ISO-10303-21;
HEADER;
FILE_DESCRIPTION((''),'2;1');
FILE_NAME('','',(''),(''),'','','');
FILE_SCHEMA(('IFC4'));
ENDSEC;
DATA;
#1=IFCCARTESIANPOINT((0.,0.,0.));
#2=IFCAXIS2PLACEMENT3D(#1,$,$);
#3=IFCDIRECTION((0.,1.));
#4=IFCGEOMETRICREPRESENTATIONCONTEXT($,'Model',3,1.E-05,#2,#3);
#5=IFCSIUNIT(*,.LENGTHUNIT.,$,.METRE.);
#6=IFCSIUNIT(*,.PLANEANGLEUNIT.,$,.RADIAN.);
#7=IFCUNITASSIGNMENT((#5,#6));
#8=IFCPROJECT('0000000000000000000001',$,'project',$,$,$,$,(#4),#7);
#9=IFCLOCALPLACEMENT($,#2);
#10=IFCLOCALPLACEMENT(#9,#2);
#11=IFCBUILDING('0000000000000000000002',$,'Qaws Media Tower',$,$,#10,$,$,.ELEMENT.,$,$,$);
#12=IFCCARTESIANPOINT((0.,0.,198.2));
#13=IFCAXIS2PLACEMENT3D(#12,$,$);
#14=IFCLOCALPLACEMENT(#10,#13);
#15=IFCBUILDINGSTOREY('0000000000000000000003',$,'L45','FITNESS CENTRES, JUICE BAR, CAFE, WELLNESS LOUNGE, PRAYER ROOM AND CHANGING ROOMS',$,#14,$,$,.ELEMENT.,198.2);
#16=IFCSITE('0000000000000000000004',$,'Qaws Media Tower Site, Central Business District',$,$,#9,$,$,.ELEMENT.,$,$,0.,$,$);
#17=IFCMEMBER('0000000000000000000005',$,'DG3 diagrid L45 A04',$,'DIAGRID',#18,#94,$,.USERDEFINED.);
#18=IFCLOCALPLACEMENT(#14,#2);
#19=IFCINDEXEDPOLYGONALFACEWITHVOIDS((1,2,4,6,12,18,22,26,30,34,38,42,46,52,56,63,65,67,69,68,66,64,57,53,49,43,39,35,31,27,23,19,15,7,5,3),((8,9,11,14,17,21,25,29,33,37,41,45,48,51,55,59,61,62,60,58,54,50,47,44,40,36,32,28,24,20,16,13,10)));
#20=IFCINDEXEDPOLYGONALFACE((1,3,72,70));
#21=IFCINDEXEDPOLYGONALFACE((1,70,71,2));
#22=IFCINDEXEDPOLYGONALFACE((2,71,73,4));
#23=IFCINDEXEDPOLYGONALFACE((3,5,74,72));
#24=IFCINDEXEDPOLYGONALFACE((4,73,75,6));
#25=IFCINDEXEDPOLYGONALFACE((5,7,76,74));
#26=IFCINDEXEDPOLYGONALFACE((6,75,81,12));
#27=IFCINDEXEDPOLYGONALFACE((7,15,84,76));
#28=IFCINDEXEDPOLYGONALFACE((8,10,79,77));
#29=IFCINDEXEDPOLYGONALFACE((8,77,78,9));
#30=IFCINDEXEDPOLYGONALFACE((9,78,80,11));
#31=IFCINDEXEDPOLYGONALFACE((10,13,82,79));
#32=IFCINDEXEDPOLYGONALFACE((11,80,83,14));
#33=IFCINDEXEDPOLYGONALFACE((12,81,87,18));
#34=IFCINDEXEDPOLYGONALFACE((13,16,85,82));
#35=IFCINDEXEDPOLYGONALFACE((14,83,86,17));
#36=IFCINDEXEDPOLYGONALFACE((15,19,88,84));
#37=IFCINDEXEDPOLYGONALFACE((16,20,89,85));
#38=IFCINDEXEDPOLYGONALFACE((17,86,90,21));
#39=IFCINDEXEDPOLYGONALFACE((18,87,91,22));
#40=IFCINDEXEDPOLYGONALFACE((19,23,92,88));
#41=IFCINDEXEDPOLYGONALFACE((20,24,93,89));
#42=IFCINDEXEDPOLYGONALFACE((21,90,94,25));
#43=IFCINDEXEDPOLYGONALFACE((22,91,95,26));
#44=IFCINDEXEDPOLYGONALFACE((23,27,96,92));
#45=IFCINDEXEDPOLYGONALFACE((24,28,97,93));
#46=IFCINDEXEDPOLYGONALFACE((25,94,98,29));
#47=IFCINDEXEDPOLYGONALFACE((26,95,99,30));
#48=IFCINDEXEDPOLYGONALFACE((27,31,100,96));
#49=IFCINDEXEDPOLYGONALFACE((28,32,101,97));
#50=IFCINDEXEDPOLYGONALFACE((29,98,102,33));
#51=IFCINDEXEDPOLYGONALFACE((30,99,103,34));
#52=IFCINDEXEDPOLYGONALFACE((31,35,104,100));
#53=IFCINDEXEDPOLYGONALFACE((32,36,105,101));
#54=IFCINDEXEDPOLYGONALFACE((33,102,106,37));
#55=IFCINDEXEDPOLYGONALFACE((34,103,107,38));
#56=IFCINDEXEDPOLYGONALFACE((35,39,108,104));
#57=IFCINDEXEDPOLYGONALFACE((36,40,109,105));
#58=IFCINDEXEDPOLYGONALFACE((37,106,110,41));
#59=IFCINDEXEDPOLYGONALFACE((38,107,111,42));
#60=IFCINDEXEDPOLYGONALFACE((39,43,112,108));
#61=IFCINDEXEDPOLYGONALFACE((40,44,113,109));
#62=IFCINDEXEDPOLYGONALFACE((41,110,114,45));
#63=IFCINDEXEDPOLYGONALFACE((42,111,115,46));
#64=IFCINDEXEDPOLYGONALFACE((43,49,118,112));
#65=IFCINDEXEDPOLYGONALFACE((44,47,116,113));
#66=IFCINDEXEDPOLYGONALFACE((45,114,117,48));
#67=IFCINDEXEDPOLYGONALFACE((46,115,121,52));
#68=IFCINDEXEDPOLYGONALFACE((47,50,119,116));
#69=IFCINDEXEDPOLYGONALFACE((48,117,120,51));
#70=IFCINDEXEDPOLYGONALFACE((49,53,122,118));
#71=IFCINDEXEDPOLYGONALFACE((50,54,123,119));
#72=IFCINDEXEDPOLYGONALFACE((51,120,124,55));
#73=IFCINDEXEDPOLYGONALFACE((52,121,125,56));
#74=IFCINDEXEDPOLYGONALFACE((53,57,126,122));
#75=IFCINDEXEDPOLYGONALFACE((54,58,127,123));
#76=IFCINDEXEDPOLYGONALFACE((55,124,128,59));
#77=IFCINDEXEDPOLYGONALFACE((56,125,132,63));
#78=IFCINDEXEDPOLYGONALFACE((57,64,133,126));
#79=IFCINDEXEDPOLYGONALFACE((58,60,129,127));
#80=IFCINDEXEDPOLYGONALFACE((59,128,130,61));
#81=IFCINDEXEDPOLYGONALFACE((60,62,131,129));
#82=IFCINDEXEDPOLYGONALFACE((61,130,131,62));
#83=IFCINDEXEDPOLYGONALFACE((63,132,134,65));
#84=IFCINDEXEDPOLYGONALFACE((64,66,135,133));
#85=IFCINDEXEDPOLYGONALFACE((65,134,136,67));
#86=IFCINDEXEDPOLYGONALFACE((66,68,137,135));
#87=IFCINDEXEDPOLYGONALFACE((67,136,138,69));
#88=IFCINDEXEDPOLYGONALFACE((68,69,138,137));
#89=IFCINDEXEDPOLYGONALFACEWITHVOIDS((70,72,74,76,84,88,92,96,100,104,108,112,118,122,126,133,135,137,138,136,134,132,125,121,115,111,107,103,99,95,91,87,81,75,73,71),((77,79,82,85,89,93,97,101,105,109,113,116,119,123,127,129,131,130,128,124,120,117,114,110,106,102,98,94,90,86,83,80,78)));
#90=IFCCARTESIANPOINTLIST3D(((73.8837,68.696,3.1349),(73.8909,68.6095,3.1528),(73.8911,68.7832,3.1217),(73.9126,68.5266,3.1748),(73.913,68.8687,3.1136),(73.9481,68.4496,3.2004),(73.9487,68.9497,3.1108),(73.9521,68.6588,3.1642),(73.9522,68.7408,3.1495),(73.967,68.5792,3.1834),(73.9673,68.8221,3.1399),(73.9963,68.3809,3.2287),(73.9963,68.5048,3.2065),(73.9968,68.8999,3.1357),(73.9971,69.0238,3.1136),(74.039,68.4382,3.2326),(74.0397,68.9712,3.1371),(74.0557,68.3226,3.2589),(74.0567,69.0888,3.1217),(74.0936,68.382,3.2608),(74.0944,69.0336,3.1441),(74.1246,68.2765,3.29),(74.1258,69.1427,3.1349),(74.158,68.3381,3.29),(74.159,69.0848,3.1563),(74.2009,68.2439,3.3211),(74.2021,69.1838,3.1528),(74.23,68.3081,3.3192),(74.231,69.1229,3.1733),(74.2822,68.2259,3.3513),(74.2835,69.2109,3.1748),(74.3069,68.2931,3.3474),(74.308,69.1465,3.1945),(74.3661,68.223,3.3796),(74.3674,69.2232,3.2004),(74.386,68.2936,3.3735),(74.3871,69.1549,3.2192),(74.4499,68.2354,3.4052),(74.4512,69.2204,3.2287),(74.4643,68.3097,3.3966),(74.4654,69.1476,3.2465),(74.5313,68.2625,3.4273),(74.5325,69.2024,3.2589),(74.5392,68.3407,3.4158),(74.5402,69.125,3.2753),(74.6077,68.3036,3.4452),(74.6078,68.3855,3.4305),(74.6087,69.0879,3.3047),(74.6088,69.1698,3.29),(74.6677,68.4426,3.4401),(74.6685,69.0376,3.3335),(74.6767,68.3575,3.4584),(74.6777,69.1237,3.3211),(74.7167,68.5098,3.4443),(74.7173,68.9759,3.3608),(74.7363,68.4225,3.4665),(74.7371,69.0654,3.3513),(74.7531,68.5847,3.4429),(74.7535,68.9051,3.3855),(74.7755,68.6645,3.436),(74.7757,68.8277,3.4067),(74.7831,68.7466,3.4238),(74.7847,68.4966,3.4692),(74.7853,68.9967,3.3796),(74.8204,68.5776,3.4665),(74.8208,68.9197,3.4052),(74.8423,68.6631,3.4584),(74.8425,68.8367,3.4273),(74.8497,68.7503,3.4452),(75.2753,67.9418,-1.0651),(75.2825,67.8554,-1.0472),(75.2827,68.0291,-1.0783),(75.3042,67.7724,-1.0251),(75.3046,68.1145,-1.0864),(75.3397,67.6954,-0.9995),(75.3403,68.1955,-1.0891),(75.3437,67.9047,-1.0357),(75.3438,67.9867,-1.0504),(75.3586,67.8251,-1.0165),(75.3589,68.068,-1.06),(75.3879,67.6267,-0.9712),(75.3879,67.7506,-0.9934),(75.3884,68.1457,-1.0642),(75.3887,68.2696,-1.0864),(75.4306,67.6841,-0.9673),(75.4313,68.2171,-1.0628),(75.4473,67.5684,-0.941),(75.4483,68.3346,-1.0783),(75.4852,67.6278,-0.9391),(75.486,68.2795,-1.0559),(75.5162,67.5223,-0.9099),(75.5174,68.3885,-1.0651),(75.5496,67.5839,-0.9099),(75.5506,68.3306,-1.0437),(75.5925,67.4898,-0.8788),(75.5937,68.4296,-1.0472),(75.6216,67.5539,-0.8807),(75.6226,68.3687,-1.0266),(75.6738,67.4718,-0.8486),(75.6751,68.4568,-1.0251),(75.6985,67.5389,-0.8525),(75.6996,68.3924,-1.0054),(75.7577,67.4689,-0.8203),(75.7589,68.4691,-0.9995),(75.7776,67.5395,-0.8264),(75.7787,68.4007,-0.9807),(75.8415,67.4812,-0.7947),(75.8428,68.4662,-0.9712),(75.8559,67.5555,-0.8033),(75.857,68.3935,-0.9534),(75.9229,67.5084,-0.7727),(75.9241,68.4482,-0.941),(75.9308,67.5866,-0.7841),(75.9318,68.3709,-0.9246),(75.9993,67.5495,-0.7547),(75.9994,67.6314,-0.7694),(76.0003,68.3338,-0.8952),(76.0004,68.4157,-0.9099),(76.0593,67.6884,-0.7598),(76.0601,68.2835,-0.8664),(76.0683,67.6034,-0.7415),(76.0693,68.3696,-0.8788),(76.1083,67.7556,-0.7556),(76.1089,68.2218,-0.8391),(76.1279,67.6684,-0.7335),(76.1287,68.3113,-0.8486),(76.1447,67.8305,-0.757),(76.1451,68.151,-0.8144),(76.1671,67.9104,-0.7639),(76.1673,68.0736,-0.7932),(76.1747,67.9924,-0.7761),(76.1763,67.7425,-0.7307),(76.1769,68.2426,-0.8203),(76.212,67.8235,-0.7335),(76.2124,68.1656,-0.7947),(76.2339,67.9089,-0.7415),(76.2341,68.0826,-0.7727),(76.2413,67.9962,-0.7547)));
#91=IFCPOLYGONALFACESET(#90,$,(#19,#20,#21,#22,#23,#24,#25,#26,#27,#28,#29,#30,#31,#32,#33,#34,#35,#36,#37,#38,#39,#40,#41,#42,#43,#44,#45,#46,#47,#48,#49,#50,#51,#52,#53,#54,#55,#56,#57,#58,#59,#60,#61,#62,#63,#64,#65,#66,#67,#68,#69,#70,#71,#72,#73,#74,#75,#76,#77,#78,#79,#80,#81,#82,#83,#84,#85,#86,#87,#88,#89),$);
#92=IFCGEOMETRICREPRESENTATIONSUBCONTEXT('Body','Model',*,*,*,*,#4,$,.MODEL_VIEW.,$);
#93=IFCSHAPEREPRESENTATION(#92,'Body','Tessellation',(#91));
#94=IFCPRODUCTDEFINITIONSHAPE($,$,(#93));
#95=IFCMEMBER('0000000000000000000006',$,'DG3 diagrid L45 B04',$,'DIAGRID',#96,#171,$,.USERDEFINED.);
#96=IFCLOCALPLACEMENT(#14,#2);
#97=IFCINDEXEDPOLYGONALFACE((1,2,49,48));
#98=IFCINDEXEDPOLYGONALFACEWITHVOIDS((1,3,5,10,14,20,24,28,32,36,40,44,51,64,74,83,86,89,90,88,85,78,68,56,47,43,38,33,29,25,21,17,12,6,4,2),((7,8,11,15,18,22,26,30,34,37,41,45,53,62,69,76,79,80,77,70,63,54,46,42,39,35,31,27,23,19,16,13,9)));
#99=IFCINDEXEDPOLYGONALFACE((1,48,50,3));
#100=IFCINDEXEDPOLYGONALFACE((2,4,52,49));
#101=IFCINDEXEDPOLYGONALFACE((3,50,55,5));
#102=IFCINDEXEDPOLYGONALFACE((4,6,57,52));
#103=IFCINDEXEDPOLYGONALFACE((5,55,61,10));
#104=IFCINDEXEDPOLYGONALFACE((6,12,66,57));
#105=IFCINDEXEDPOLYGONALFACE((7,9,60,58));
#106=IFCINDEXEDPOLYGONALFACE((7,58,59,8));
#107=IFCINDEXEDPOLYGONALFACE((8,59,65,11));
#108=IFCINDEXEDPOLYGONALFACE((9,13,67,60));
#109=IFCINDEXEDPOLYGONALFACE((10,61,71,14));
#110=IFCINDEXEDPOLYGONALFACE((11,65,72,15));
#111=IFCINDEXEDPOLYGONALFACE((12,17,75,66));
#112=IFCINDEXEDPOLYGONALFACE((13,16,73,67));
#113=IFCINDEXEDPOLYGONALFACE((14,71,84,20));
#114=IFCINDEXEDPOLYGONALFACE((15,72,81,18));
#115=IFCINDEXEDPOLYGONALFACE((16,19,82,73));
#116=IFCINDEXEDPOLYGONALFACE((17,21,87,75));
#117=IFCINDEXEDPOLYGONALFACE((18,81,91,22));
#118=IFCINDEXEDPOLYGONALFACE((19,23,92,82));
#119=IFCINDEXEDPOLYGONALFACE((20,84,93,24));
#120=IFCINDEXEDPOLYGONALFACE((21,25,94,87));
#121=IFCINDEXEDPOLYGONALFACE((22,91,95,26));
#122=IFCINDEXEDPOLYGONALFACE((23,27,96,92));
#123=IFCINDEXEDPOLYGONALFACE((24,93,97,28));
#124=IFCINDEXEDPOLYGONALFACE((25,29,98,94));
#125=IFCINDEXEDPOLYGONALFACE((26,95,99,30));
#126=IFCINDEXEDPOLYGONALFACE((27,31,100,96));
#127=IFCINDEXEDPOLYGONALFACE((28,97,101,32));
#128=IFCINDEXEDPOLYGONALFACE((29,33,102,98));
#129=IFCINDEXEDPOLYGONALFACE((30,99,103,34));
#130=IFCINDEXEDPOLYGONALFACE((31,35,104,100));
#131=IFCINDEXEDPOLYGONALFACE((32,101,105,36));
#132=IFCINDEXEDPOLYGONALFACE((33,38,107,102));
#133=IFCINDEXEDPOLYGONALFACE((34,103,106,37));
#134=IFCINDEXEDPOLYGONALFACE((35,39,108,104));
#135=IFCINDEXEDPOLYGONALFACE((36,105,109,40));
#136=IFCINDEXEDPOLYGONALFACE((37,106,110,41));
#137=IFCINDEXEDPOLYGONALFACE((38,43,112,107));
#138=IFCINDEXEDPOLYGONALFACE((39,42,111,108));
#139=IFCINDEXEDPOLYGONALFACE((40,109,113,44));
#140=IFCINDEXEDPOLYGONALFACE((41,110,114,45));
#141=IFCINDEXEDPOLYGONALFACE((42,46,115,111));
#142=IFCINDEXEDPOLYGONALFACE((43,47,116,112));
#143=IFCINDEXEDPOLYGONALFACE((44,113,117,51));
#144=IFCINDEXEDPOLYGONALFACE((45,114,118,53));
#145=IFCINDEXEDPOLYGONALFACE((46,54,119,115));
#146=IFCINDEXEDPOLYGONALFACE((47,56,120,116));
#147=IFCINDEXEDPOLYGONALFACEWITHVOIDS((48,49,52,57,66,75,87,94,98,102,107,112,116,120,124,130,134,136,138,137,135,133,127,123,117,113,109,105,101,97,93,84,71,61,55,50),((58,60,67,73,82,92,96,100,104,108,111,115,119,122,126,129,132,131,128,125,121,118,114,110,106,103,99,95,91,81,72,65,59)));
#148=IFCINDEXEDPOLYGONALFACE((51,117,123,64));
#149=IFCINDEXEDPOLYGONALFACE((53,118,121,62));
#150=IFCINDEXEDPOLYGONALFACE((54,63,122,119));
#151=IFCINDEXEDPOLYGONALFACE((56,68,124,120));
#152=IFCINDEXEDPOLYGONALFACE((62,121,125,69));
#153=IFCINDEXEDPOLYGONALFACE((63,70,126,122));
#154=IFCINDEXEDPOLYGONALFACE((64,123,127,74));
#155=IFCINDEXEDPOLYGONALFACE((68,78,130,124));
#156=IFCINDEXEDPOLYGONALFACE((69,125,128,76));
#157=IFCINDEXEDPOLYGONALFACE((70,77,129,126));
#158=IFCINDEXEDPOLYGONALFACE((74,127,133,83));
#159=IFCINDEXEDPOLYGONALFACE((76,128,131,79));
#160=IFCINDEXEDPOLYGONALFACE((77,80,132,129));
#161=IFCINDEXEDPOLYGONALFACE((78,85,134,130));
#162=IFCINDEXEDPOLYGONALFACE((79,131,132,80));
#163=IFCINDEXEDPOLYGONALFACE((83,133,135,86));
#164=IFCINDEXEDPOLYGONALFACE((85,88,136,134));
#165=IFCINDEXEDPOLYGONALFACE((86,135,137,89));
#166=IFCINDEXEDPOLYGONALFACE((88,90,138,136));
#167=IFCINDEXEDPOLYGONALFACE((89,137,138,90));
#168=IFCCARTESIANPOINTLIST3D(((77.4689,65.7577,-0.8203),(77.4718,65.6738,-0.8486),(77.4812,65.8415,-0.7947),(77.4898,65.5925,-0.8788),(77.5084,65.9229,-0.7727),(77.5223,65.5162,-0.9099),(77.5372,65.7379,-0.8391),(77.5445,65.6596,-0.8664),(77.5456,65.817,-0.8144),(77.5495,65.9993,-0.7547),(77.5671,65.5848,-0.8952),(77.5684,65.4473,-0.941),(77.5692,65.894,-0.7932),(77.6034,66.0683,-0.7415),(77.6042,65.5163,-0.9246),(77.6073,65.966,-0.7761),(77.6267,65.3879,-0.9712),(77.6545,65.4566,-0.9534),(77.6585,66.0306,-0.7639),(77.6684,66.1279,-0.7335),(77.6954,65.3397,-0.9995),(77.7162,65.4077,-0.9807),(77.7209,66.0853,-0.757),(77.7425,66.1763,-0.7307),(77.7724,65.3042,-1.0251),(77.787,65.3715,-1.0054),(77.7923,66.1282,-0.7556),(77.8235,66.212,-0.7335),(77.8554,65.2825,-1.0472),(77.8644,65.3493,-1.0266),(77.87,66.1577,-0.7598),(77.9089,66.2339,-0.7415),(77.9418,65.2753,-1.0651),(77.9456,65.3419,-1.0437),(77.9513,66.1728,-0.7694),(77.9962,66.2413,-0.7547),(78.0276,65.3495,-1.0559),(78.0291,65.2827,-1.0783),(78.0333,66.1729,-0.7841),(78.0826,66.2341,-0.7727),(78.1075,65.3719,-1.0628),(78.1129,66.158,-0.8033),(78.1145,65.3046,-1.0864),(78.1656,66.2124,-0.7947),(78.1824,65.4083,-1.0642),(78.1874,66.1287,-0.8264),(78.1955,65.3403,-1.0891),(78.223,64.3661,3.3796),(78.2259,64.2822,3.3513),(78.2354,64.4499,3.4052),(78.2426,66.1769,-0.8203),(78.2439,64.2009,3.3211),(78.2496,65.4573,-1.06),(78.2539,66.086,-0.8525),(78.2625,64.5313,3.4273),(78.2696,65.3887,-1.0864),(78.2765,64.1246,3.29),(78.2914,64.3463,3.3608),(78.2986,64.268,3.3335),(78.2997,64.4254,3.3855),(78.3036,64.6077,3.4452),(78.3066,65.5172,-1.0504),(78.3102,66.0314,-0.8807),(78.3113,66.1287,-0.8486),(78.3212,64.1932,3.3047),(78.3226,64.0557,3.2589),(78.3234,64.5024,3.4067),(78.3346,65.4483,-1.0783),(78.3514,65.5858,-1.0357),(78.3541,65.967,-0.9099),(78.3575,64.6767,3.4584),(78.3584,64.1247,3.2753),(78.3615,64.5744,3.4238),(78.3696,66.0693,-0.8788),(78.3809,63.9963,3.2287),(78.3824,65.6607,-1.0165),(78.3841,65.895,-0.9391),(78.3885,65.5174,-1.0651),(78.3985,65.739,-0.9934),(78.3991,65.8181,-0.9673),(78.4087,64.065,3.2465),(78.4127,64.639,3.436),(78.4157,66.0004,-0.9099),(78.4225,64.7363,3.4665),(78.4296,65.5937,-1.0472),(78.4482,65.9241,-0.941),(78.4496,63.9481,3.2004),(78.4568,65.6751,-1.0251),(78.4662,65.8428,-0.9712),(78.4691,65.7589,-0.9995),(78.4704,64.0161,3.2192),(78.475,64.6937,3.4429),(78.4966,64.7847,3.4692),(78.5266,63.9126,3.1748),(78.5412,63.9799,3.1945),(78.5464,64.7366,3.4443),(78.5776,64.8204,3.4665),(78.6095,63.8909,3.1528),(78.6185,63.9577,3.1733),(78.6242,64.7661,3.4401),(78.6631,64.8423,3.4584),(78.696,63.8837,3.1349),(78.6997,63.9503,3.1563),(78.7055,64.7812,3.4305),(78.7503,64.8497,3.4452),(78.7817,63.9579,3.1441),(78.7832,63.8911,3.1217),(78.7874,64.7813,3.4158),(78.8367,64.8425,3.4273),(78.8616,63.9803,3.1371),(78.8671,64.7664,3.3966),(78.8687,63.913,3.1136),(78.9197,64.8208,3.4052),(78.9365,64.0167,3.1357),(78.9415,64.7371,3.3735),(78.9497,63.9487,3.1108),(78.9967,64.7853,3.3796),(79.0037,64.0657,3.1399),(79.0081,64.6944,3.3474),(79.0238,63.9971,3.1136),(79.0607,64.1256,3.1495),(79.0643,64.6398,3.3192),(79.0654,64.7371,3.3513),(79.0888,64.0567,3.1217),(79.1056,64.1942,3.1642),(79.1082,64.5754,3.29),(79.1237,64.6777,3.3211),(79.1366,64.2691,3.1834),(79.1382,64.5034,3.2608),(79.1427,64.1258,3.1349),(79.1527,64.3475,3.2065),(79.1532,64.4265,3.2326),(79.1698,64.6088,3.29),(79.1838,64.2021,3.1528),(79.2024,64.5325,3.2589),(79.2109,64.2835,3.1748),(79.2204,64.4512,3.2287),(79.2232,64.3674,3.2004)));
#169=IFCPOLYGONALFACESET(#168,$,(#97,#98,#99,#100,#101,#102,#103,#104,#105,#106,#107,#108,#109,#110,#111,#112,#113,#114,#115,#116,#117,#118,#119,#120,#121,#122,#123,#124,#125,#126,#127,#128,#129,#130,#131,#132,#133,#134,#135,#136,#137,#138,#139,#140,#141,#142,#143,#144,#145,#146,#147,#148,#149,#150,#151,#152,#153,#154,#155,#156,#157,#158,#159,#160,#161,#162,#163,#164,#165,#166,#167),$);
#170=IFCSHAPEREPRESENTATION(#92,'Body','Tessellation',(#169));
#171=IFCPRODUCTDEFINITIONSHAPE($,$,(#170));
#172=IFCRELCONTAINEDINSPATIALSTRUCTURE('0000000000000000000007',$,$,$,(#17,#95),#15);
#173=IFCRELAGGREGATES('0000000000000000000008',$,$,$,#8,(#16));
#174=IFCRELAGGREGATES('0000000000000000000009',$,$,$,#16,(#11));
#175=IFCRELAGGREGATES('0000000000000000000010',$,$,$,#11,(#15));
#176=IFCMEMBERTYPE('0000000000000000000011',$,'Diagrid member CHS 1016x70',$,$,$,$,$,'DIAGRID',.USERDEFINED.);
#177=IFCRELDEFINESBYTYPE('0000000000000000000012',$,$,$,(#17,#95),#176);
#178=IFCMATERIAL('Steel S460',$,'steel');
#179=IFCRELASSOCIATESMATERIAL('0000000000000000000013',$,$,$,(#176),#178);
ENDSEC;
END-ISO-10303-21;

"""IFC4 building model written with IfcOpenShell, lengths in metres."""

from ifc_helpers import new_model, si_unit, direction, frame, origin, origin_2d, place, context, subcontext, project, spatial, hollow_circle, extrude, material, material_profile, profile_set, type_object, element, save


model = new_model("IFC4")

# Units and contexts
model_context = context("Model", 3, precision=1e-05, world=origin(), true_north=direction((0.0, 1.0)))
body_context = subcontext(model_context, "Body", "Model", "MODEL_VIEW")
ifc_project = project(units=[si_unit("LENGTHUNIT", "METRE"), si_unit("PLANEANGLEUNIT", "RADIAN")], contexts=[model_context])

# Site, building, storey
site_placement = place(None, origin())
site = spatial("IfcSite", under=ifc_project, at=site_placement, Name="Qaws Media Tower Site, Central Business District", CompositionType="ELEMENT", RefElevation=0.0)
building_placement = place(site_placement, origin())
building = spatial("IfcBuilding", under=site, at=building_placement, Name="Qaws Media Tower", CompositionType="ELEMENT")
storey_placement = place(building_placement, frame((0.0, 0.0, 198.2)))
storey = spatial("IfcBuildingStorey", under=building, at=storey_placement, Name="L45", Description="FITNESS CENTRES, JUICE BAR, CAFE, WELLNESS LOUNGE, PRAYER ROOM AND CHANGING ROOMS", CompositionType="ELEMENT", Elevation=198.2)

# Members
ifc_material_1 = material(Name="Steel S460", Category="steel")
ifc_material_profile_1 = material_profile(ifc_material_1, hollow_circle(Radius=0.5081, WallThickness=0.0701, at=origin_2d()), Name="CHS 1016x70")
ifc_profile_set_1 = profile_set([ifc_material_profile_1], Name="Steel S460")
member_type_1 = type_object("IfcMemberType", Name="Diagrid member CHS 1016x70", ElementType="DIAGRID", PredefinedType="USERDEFINED", material=ifc_profile_set_1)
for number, where, z_axis, x_axis, name in (
    (1, (75.7583, 67.969, -0.9099), (-0.310051, 0.168026, 0.935754), (-0.476462, -0.879195, 0.0), "DG3 diagrid L45 A04"),
    (2, (77.969, 65.7583, -0.9099), (0.168026, -0.310051, 0.935754), (0.879195, 0.476462, 0.0), "DG3 diagrid L45 B04"),
):
    element("IfcMember", number, at=place(storey_placement, frame(where, z_axis=z_axis, x_axis=x_axis)), inside=storey, type_object=member_type_1, Name=name, ObjectType="DIAGRID", PredefinedType="USERDEFINED", context=body_context, shape_type="SweptSolid", body=[
        extrude(hollow_circle(Radius=0.5081, WallThickness=0.0701, at=origin_2d()), origin(), (0.0, 0.0, 1.0), 4.4883),
    ])

save(model, "model.ifc")
